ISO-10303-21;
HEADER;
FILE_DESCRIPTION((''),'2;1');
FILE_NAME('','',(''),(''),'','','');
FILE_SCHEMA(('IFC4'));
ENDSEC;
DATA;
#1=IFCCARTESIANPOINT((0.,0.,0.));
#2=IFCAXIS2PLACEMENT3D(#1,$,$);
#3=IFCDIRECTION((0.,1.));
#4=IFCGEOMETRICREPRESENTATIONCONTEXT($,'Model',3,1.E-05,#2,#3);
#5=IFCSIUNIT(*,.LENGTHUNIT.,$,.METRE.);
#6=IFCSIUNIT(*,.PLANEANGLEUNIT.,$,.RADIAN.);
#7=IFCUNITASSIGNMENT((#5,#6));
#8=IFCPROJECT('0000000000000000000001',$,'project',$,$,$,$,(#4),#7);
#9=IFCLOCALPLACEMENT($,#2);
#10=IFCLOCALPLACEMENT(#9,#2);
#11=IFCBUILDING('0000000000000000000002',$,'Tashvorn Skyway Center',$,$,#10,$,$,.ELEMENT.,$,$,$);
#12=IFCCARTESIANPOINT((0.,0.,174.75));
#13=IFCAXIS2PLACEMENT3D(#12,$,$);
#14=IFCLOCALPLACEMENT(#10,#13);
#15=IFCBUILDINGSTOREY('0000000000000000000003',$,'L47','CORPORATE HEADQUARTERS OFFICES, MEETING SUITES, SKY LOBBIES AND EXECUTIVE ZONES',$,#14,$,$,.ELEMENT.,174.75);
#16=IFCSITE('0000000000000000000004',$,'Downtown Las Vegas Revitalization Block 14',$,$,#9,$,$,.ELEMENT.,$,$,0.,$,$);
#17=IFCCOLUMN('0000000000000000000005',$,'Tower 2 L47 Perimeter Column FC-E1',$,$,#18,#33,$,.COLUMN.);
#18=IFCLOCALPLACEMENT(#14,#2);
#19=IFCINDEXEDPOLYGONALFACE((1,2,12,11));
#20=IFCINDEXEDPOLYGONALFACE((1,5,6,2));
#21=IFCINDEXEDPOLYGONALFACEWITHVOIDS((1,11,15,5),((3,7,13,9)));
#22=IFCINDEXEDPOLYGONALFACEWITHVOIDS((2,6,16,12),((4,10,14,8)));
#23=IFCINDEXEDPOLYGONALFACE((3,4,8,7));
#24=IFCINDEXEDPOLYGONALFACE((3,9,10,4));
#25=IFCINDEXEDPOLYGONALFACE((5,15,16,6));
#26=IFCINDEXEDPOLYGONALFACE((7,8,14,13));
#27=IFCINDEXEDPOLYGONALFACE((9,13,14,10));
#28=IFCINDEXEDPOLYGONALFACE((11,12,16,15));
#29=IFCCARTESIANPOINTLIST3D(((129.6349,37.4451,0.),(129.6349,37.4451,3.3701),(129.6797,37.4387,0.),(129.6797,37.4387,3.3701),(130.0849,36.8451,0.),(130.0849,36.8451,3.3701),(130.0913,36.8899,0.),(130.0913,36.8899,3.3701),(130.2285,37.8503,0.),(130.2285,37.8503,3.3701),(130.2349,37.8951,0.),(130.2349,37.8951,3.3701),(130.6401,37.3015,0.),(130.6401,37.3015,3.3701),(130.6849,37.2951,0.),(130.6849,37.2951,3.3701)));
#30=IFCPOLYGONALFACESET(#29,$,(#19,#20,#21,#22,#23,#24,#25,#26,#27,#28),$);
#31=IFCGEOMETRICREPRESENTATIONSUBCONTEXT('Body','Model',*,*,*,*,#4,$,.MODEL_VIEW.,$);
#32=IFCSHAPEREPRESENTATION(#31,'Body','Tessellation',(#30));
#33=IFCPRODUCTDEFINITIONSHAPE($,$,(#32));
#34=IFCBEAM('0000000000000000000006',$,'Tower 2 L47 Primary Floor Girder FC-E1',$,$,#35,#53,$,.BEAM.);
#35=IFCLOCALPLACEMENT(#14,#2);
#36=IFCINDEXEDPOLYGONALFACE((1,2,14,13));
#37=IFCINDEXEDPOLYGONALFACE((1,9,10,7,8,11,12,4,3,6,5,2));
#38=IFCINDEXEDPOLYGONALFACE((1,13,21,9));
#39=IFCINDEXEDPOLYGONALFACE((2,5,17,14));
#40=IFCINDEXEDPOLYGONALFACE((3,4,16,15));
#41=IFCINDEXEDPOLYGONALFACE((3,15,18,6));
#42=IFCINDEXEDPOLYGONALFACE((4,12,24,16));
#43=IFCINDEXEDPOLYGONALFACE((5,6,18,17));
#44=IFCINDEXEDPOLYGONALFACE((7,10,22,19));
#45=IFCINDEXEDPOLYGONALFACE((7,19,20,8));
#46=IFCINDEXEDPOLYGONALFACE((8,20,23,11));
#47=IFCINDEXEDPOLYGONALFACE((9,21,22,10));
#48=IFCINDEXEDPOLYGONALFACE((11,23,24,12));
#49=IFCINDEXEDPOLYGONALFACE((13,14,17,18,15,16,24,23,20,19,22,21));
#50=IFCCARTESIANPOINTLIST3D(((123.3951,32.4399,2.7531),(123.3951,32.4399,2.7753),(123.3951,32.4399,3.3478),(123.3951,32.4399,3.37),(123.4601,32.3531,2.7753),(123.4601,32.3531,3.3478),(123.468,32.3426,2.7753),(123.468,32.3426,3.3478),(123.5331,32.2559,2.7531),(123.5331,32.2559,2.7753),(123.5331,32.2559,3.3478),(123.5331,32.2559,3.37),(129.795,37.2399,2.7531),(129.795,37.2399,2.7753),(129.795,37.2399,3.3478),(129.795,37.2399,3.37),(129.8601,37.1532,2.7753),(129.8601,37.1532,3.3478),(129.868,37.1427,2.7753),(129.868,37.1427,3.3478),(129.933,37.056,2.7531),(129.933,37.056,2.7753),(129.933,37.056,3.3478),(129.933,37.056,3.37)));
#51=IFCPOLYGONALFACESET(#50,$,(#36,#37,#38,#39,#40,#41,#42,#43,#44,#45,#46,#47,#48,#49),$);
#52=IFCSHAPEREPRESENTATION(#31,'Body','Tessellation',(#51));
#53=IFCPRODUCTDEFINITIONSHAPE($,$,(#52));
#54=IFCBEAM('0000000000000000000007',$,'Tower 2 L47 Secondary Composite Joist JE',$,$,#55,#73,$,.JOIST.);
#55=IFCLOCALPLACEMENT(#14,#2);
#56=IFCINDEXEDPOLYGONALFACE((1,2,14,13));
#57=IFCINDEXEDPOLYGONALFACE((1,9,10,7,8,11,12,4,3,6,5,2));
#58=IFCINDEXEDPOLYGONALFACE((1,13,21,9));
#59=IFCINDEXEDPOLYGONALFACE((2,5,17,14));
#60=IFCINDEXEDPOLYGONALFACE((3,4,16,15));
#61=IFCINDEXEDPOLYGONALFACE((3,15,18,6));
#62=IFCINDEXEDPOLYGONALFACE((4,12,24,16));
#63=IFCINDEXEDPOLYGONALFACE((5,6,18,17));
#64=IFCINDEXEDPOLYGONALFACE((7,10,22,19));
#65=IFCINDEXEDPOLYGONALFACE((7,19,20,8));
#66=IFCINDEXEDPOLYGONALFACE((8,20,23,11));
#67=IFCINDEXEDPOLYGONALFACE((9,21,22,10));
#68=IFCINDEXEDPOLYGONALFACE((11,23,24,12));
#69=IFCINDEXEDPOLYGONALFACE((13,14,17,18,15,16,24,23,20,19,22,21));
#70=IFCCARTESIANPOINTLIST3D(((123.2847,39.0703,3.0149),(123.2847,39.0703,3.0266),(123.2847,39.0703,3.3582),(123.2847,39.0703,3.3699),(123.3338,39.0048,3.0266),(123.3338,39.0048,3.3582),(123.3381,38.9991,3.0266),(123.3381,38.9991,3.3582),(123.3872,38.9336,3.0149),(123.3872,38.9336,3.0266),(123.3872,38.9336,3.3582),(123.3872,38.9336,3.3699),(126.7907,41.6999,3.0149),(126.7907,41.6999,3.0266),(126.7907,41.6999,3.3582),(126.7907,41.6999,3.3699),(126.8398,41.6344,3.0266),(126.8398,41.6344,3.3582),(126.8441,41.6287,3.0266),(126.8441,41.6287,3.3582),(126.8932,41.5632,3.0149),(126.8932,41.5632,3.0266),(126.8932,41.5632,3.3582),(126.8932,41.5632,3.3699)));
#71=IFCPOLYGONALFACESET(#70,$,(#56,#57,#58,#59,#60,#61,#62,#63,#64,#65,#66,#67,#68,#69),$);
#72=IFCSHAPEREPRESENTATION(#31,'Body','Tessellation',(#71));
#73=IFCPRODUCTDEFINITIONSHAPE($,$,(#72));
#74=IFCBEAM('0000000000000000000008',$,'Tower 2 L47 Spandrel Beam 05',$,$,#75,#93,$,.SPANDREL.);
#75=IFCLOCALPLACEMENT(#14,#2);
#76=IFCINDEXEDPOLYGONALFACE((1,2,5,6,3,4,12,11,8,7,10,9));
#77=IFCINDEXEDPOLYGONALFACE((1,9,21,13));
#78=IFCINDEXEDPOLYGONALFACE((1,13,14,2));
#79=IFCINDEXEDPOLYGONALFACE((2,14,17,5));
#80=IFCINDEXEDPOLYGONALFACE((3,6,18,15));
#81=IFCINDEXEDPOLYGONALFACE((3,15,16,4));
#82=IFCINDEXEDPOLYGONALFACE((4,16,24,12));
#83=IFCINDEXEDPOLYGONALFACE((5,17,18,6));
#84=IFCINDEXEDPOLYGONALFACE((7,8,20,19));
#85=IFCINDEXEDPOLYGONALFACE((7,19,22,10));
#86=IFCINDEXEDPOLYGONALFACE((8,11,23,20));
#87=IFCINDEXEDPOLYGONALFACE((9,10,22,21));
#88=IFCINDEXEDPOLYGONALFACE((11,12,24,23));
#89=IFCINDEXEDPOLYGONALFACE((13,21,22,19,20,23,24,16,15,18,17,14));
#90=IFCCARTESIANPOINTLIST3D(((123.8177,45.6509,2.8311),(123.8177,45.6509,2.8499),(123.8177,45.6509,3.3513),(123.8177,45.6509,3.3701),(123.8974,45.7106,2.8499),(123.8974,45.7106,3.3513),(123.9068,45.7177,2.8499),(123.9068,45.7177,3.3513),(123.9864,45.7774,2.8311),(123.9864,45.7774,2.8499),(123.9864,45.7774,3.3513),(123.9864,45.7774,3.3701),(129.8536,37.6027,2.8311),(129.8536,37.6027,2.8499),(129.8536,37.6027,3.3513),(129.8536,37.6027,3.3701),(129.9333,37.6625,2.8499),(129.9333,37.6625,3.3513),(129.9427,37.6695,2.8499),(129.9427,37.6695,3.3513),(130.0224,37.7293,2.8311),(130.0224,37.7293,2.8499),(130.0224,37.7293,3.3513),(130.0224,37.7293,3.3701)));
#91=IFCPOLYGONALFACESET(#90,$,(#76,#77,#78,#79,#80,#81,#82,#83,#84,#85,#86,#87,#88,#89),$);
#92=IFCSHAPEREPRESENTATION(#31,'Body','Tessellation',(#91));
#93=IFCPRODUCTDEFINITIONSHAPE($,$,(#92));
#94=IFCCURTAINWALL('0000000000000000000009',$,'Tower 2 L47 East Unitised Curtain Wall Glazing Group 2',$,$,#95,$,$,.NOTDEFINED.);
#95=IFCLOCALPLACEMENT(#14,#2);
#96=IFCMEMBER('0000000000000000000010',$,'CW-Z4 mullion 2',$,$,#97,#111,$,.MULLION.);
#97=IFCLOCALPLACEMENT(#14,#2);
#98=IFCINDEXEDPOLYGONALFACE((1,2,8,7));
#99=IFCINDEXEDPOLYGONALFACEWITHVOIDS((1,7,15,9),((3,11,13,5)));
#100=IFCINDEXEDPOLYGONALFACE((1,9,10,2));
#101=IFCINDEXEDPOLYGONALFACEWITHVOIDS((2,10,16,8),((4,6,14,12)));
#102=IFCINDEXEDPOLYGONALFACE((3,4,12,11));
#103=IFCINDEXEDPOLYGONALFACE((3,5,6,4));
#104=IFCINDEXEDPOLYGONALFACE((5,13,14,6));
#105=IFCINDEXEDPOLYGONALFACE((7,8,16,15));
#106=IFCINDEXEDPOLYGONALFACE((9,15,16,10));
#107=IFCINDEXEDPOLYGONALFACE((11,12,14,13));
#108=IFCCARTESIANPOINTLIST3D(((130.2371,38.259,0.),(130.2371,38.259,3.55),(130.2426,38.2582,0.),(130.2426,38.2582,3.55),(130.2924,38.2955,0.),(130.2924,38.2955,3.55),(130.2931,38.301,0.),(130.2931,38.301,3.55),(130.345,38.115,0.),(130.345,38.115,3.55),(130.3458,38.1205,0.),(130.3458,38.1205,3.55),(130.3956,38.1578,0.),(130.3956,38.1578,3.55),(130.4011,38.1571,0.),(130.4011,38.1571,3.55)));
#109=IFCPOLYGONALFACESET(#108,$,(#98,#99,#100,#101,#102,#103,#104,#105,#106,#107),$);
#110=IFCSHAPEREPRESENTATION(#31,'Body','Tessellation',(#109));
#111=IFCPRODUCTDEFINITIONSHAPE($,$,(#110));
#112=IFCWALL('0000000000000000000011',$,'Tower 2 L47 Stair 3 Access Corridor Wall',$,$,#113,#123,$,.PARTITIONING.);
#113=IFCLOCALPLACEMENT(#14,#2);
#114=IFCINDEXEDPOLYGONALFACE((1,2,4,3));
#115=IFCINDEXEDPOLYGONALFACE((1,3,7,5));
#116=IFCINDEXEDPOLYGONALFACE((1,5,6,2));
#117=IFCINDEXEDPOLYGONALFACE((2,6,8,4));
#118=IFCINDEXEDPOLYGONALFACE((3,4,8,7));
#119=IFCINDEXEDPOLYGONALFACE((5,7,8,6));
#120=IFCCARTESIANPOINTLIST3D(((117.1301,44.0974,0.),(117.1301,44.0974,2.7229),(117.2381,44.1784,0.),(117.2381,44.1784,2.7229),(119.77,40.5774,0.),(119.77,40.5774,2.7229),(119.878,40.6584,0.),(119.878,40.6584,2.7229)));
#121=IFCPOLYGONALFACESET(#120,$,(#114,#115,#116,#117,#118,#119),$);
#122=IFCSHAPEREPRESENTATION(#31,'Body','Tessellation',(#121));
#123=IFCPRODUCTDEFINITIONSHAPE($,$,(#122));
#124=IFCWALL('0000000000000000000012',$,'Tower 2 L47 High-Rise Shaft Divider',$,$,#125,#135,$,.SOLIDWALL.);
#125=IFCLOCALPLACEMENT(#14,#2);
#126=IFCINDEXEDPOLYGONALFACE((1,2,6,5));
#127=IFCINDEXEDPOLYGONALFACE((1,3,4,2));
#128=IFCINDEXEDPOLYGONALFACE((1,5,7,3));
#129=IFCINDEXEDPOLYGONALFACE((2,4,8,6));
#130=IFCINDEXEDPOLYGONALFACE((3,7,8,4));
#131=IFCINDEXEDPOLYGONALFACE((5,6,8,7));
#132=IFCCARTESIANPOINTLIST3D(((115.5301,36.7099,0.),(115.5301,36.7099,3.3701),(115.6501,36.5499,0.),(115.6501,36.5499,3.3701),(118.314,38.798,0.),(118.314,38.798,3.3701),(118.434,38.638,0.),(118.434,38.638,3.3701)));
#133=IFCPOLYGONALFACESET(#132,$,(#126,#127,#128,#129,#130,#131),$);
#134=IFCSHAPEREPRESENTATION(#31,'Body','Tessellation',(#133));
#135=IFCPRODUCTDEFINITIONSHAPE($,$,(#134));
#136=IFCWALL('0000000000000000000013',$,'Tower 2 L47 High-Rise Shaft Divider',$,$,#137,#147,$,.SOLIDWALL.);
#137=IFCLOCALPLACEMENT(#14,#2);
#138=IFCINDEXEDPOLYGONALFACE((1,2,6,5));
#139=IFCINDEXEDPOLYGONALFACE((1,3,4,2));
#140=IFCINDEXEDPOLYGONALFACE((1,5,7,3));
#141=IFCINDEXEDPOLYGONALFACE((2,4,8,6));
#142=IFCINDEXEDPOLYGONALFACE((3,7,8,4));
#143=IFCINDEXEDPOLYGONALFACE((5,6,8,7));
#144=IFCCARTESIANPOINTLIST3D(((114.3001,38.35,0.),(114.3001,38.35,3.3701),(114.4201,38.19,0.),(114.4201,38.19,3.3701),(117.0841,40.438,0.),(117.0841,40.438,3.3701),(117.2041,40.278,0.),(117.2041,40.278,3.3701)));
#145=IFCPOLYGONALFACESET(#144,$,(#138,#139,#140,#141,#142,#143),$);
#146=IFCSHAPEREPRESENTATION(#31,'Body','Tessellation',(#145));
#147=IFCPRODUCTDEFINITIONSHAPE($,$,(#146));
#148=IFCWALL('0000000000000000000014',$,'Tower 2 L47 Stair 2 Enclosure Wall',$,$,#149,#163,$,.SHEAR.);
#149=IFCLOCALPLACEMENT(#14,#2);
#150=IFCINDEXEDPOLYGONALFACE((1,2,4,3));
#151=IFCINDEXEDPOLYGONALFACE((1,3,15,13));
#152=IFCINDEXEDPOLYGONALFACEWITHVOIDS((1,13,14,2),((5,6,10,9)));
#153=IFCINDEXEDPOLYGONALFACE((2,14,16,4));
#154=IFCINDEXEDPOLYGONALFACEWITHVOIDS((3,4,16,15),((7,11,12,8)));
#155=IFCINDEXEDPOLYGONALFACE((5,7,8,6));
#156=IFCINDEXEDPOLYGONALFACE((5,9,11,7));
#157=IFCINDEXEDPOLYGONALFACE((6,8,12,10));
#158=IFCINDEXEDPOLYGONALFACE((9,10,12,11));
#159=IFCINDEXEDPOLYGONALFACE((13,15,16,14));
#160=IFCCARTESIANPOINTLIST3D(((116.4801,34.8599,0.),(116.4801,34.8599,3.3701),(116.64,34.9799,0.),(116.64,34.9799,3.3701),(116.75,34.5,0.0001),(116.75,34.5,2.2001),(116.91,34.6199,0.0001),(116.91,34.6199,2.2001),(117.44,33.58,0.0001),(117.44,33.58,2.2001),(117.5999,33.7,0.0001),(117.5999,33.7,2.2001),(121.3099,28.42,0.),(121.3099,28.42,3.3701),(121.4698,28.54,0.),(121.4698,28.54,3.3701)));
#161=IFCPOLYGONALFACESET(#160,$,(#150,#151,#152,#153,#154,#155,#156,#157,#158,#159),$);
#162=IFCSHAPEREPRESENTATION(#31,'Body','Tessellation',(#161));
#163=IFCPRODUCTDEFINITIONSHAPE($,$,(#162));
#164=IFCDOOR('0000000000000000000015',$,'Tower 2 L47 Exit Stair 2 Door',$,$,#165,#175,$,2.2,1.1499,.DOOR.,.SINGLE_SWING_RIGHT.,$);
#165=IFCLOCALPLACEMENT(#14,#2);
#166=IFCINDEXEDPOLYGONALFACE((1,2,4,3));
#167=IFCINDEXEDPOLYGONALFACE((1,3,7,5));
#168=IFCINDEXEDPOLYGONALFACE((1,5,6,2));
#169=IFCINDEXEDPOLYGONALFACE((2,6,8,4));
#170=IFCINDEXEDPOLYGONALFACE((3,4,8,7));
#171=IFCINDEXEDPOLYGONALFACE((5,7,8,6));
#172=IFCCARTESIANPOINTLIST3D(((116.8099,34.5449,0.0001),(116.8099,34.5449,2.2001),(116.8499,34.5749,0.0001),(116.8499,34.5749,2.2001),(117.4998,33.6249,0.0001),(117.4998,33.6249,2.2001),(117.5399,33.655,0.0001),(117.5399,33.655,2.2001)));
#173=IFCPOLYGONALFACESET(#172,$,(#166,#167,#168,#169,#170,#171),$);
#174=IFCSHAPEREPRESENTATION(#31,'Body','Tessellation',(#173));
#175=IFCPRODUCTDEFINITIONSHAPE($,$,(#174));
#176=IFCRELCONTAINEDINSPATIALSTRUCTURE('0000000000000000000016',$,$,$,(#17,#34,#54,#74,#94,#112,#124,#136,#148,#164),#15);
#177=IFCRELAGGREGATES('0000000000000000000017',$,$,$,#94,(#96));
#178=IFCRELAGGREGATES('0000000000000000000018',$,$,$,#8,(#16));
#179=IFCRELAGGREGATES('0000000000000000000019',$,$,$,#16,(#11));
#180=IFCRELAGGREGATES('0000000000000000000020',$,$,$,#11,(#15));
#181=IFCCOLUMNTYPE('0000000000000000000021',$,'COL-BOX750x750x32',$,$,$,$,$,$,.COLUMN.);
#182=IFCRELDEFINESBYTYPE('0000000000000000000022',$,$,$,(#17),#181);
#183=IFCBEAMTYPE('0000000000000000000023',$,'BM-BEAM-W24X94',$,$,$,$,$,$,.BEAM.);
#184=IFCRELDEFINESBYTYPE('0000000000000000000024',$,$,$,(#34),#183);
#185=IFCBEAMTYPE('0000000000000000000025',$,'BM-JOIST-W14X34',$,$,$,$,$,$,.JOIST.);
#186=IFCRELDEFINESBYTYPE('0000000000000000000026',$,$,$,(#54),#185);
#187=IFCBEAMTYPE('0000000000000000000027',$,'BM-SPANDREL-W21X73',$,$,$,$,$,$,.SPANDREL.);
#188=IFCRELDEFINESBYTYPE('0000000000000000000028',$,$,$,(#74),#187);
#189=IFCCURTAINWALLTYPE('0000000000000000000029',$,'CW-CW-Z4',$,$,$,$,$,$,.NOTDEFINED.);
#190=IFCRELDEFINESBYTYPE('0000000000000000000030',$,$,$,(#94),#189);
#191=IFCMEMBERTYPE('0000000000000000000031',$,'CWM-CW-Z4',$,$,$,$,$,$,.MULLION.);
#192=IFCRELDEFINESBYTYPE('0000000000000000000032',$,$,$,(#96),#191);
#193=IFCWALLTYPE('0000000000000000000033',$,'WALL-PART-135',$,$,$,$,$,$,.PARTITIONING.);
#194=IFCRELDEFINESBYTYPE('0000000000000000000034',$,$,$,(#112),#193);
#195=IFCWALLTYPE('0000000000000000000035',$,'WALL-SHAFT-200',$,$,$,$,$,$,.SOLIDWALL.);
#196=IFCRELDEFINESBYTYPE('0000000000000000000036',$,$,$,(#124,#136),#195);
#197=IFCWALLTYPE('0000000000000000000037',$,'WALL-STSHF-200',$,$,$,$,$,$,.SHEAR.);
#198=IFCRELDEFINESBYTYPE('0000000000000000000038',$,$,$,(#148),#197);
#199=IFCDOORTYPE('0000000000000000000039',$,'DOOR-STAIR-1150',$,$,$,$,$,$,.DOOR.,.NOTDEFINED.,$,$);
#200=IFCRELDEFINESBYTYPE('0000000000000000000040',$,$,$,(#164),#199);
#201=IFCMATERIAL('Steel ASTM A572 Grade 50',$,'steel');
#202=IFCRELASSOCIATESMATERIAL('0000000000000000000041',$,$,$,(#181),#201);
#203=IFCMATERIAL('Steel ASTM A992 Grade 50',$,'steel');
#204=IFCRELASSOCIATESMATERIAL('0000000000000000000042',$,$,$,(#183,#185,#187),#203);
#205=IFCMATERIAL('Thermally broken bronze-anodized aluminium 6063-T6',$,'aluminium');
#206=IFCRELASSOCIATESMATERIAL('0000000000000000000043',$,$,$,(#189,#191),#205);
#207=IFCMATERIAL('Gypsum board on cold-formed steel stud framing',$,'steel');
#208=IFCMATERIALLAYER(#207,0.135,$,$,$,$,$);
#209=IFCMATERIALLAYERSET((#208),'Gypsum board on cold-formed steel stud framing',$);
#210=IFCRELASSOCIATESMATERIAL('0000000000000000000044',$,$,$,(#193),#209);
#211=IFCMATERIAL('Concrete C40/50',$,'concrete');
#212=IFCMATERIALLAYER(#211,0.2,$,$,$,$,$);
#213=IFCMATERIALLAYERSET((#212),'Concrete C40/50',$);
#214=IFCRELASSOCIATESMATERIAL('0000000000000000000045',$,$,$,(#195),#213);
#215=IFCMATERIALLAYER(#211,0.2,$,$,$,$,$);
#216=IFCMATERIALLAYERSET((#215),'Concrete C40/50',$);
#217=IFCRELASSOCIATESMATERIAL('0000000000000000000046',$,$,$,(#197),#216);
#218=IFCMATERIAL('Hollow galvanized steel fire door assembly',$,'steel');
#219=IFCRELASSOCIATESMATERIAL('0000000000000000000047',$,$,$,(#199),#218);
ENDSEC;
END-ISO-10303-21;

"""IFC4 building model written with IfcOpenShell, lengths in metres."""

from ifc_helpers import new_model, si_unit, direction, frame, frame_2d, origin, origin_2d, place, context, subcontext, project, spatial, rectangle, hollow_rectangle, i_section, extrude, material, layer, layer_set, material_profile, profile_set, type_object, element, fill, aggregate, save


model = new_model("IFC4")

# Units and contexts
model_context = context("Model", 3, precision=1e-05, world=origin(), true_north=direction((0.0, 1.0)))
body_context = subcontext(model_context, "Body", "Model", "MODEL_VIEW")
ifc_project = project(units=[si_unit("LENGTHUNIT", "METRE"), si_unit("PLANEANGLEUNIT", "RADIAN")], contexts=[model_context])

# Site, building, storey
site_placement = place(None, origin())
site = spatial("IfcSite", under=ifc_project, at=site_placement, Name="Downtown Las Vegas Revitalization Block 14", CompositionType="ELEMENT", RefElevation=0.0)
building_placement = place(site_placement, origin())
building = spatial("IfcBuilding", under=site, at=building_placement, Name="Tashvorn Skyway Center", CompositionType="ELEMENT")
storey_placement = place(building_placement, frame((0.0, 0.0, 174.75)))
storey = spatial("IfcBuildingStorey", under=building, at=storey_placement, Name="L47", Description="CORPORATE HEADQUARTERS OFFICES, MEETING SUITES, SKY LOBBIES AND EXECUTIVE ZONES", CompositionType="ELEMENT", Elevation=174.75)

# Column
ifc_material_1 = material(Name="Steel ASTM A572 Grade 50", Category="steel")
ifc_material_profile_1 = material_profile(ifc_material_1, hollow_rectangle(XDim=0.75, YDim=0.75, WallThickness=0.032, at=origin_2d()), Name="BOX750x750x32")
ifc_profile_set_1 = profile_set([ifc_material_profile_1], Name="Steel ASTM A572 Grade 50")
column_type = type_object("IfcColumnType", Name="COL-BOX750x750x32", PredefinedType="COLUMN", material=ifc_profile_set_1)
column_placement = place(storey_placement, frame((130.1599, 37.3701, 0.0), z_axis=(0.0, 0.0, 1.0), x_axis=(0.8, 0.6, 0.0)))
element("IfcColumn", 1, at=column_placement, inside=storey, type_object=column_type, Name="Tower 2 L47 Perimeter Column FC-E1", PredefinedType="COLUMN", context=body_context, shape_type="SweptSolid", body=[
    extrude(hollow_rectangle(XDim=0.75, YDim=0.75, WallThickness=0.032, at=origin_2d()), origin(), (0.0, 0.0, 1.0), 3.3701),
])

# Beams
ifc_material_2 = material(Name="Steel ASTM A992 Grade 50", Category="steel")
ifc_material_profile_2 = material_profile(ifc_material_2, i_section(OverallWidth=0.23, OverallDepth=0.6169, WebThickness=0.0132, FlangeThickness=0.0222, at=origin_2d()), Name="W24X94")
ifc_profile_set_2 = profile_set([ifc_material_profile_2], Name="Steel ASTM A992 Grade 50")
beam_type_1 = type_object("IfcBeamType", Name="BM-BEAM-W24X94", PredefinedType="BEAM", material=ifc_profile_set_2)
beam_1_placement = place(storey_placement, frame((129.864, 37.1479, 3.0615), z_axis=(-0.799993, -0.60001, 0.0), x_axis=(0.60001, -0.799993, 0.0)))
element("IfcBeam", 2, at=beam_1_placement, inside=storey, type_object=beam_type_1, Name="Tower 2 L47 Primary Floor Girder FC-E1", PredefinedType="BEAM", context=body_context, shape_type="SweptSolid", body=[
    extrude(i_section(OverallWidth=0.23, OverallDepth=0.6169, WebThickness=0.0132, FlangeThickness=0.0222, at=origin_2d()), origin(), (0.0, 0.0, 1.0), 8.0),
])
ifc_material_profile_3 = material_profile(ifc_material_2, i_section(OverallWidth=0.1709, OverallDepth=0.355, WebThickness=0.0071, FlangeThickness=0.0117, at=origin_2d()), Name="W14X34")
ifc_profile_set_3 = profile_set([ifc_material_profile_3], Name="Steel ASTM A992 Grade 50")
beam_type_2 = type_object("IfcBeamType", Name="BM-JOIST-W14X34", PredefinedType="JOIST", material=ifc_profile_set_3)
beam_2_placement = place(storey_placement, frame((123.3359, 39.002, 3.1924), z_axis=(0.799993, 0.600009, 0.0), x_axis=(-0.600009, 0.799993, 0.0)))
element("IfcBeam", 3, at=beam_2_placement, inside=storey, type_object=beam_type_2, Name="Tower 2 L47 Secondary Composite Joist JE", PredefinedType="JOIST", context=body_context, shape_type="SweptSolid", body=[
    extrude(i_section(OverallWidth=0.1709, OverallDepth=0.355, WebThickness=0.0071, FlangeThickness=0.0117, at=origin_2d()), origin(), (0.0, 0.0, 1.0), 4.3826),
])
ifc_material_profile_4 = material_profile(ifc_material_2, i_section(OverallWidth=0.2109, OverallDepth=0.5391, WebThickness=0.0117, FlangeThickness=0.0188, at=origin_2d()), Name="W21X73")
ifc_profile_set_4 = profile_set([ifc_material_profile_4], Name="Steel ASTM A992 Grade 50")
beam_type_3 = type_object("IfcBeamType", Name="BM-SPANDREL-W21X73", PredefinedType="SPANDREL", material=ifc_profile_set_4)
beam_3_placement = place(storey_placement, frame((129.938, 37.666, 3.1006), z_axis=(-0.599988, 0.800009, 0.0), x_axis=(-0.800009, -0.599988, 0.0)))
element("IfcBeam", 4, at=beam_3_placement, inside=storey, type_object=beam_type_3, Name="Tower 2 L47 Spandrel Beam 05", PredefinedType="SPANDREL", context=body_context, shape_type="SweptSolid", body=[
    extrude(i_section(OverallWidth=0.2109, OverallDepth=0.5391, WebThickness=0.0117, FlangeThickness=0.0188, at=origin_2d()), origin(), (0.0, 0.0, 1.0), 10.0601),
])

# Curtain wall, member
ifc_material_3 = material(Name="Thermally broken bronze-anodized aluminium 6063-T6", Category="aluminium")
curtain_wall_type = type_object("IfcCurtainWallType", Name="CW-CW-Z4", PredefinedType="NOTDEFINED", material=ifc_material_3)
curtain_wall_placement = place(storey_placement, origin())
curtain_wall = element("IfcCurtainWall", 5, at=curtain_wall_placement, inside=storey, type_object=curtain_wall_type, Name="Tower 2 L47 East Unitised Curtain Wall Glazing Group 2", PredefinedType="NOTDEFINED")
ifc_material_profile_5 = material_profile(ifc_material_3, hollow_rectangle(XDim=0.0701, YDim=0.1799, WallThickness=0.0039, at=origin_2d()), Name="ALU-MULL-70x180")
ifc_profile_set_5 = profile_set([ifc_material_profile_5], Name="Thermally broken bronze-anodized aluminium 6063-T6")
member_type = type_object("IfcMemberType", Name="CWM-CW-Z4", PredefinedType="MULLION", material=ifc_profile_set_5)
member_placement = place(storey_placement, frame((130.3191, 38.208, 0.0), z_axis=(0.0, 0.0, 1.0), x_axis=(0.8, 0.6, 0.0)))
member = element("IfcMember", 6, at=member_placement, type_object=member_type, Name="CW-Z4 mullion 2", PredefinedType="MULLION", context=body_context, shape_type="SweptSolid", body=[
    extrude(hollow_rectangle(XDim=0.0701, YDim=0.1799, WallThickness=0.0039, at=origin_2d()), origin(), (0.0, 0.0, 1.0), 3.55),
])
aggregate(curtain_wall, [member])

# Walls
ifc_material_4 = material(Name="Gypsum board on cold-formed steel stud framing", Category="steel")
ifc_layer_1 = layer(ifc_material_4, 0.135)
ifc_layer_set_1 = layer_set([ifc_layer_1], Name="Gypsum board on cold-formed steel stud framing")
wall_type_1 = type_object("IfcWallType", Name="WALL-PART-135", PredefinedType="PARTITIONING", material=ifc_layer_set_1)
wall_1_placement = place(storey_placement, frame((119.824, 40.6179, 0.0), z_axis=(0.0, 0.0, 1.0), x_axis=(-0.599982, 0.800013, 0.0)))
element("IfcWall", 7, at=wall_1_placement, inside=storey, type_object=wall_type_1, Name="Tower 2 L47 Stair 3 Access Corridor Wall", PredefinedType="PARTITIONING", context=body_context, shape_type="SweptSolid", body=[
    extrude(rectangle(XDim=4.3999, YDim=0.135, at=frame_2d((2.2, 0.0))), origin(), (0.0, 0.0, 1.0), 2.7229),
])
ifc_material_5 = material(Name="Concrete C40/50", Category="concrete")
ifc_layer_2 = layer(ifc_material_5, 0.2)
ifc_layer_set_2 = layer_set([ifc_layer_2], Name="Concrete C40/50")
wall_type_2 = type_object("IfcWallType", Name="WALL-SHAFT-200", PredefinedType="SOLIDWALL", material=ifc_layer_set_2)
for number, where, z_axis, x_axis, name in (
    (8, (115.5901, 36.6299, 0.0), (0.0, 0.0, 1.0), (0.799975, 0.600034, 0.0), "Tower 2 L47 High-Rise Shaft Divider"),
    (9, (114.3601, 38.27, 0.0), (0.0, 0.0, 1.0), (0.800008, 0.599989, 0.0), "Tower 2 L47 High-Rise Shaft Divider"),
):
    element("IfcWall", number, at=place(storey_placement, frame(where, z_axis=z_axis, x_axis=x_axis)), inside=storey, type_object=wall_type_2, Name=name, PredefinedType="SOLIDWALL", context=body_context, shape_type="SweptSolid", body=[
        extrude(rectangle(XDim=3.48, YDim=0.2, at=frame_2d((1.74, 0.0))), origin(), (0.0, 0.0, 1.0), 3.3701),
    ])

# Wall, opening, door
ifc_layer_3 = layer(ifc_material_5, 0.2)
ifc_layer_set_3 = layer_set([ifc_layer_3], Name="Concrete C40/50")
wall_type_3 = type_object("IfcWallType", Name="WALL-STSHF-200", PredefinedType="SHEAR", material=ifc_layer_set_3)
wall_2_placement = place(storey_placement, frame((116.5601, 34.9199, 0.0), z_axis=(0.0, 0.0, 1.0), x_axis=(0.59999, -0.800007, 0.0)))
wall_2 = element("IfcWall", 10, at=wall_2_placement, inside=storey, type_object=wall_type_3, Name="Tower 2 L47 Stair 2 Enclosure Wall", PredefinedType="SHEAR", context=body_context, shape_type="SweptSolid", body=[
    extrude(rectangle(XDim=8.0498, YDim=0.2, at=frame_2d((4.0249, 0.0))), origin(), (0.0, 0.0, 1.0), 3.3701),
])
opening_placement = place(wall_2_placement, frame((0.45, 0.0, 0.0)))
opening = element("IfcOpeningElement", 11, at=opening_placement, cuts=wall_2, PredefinedType="OPENING", context=body_context, shape_type="SweptSolid", body=[
    extrude(rectangle(XDim=1.1499, YDim=2.2, at=frame_2d((0.575, 1.1001))), frame((0.0, 0.1099, 0.0), z_axis=(0.0, -1.0, 0.0), x_axis=(1.0, 0.0, 0.0)), (0.0, 0.0, 1.0), 0.22),
])
ifc_material_6 = material(Name="Hollow galvanized steel fire door assembly", Category="steel")
door_type = type_object("IfcDoorType", Name="DOOR-STAIR-1150", OperationType="NOTDEFINED", PredefinedType="DOOR", material=ifc_material_6)
door_placement = place(opening_placement, origin())
door = element("IfcDoor", 12, at=door_placement, inside=storey, type_object=door_type, Name="Tower 2 L47 Exit Stair 2 Door", OperationType="SINGLE_SWING_RIGHT", OverallHeight=2.2, OverallWidth=1.1499, PredefinedType="DOOR", context=body_context, shape_type="SweptSolid", body=[
    extrude(rectangle(XDim=1.1499, YDim=2.2, at=frame_2d((0.575, 1.1001))), frame((0.0, 0.0249, 0.0), z_axis=(0.0, -1.0, 0.0), x_axis=(1.0, 0.0, 0.0)), (0.0, 0.0, 1.0), 0.05),
])
fill(opening, door)

save(model, "model.ifc")
